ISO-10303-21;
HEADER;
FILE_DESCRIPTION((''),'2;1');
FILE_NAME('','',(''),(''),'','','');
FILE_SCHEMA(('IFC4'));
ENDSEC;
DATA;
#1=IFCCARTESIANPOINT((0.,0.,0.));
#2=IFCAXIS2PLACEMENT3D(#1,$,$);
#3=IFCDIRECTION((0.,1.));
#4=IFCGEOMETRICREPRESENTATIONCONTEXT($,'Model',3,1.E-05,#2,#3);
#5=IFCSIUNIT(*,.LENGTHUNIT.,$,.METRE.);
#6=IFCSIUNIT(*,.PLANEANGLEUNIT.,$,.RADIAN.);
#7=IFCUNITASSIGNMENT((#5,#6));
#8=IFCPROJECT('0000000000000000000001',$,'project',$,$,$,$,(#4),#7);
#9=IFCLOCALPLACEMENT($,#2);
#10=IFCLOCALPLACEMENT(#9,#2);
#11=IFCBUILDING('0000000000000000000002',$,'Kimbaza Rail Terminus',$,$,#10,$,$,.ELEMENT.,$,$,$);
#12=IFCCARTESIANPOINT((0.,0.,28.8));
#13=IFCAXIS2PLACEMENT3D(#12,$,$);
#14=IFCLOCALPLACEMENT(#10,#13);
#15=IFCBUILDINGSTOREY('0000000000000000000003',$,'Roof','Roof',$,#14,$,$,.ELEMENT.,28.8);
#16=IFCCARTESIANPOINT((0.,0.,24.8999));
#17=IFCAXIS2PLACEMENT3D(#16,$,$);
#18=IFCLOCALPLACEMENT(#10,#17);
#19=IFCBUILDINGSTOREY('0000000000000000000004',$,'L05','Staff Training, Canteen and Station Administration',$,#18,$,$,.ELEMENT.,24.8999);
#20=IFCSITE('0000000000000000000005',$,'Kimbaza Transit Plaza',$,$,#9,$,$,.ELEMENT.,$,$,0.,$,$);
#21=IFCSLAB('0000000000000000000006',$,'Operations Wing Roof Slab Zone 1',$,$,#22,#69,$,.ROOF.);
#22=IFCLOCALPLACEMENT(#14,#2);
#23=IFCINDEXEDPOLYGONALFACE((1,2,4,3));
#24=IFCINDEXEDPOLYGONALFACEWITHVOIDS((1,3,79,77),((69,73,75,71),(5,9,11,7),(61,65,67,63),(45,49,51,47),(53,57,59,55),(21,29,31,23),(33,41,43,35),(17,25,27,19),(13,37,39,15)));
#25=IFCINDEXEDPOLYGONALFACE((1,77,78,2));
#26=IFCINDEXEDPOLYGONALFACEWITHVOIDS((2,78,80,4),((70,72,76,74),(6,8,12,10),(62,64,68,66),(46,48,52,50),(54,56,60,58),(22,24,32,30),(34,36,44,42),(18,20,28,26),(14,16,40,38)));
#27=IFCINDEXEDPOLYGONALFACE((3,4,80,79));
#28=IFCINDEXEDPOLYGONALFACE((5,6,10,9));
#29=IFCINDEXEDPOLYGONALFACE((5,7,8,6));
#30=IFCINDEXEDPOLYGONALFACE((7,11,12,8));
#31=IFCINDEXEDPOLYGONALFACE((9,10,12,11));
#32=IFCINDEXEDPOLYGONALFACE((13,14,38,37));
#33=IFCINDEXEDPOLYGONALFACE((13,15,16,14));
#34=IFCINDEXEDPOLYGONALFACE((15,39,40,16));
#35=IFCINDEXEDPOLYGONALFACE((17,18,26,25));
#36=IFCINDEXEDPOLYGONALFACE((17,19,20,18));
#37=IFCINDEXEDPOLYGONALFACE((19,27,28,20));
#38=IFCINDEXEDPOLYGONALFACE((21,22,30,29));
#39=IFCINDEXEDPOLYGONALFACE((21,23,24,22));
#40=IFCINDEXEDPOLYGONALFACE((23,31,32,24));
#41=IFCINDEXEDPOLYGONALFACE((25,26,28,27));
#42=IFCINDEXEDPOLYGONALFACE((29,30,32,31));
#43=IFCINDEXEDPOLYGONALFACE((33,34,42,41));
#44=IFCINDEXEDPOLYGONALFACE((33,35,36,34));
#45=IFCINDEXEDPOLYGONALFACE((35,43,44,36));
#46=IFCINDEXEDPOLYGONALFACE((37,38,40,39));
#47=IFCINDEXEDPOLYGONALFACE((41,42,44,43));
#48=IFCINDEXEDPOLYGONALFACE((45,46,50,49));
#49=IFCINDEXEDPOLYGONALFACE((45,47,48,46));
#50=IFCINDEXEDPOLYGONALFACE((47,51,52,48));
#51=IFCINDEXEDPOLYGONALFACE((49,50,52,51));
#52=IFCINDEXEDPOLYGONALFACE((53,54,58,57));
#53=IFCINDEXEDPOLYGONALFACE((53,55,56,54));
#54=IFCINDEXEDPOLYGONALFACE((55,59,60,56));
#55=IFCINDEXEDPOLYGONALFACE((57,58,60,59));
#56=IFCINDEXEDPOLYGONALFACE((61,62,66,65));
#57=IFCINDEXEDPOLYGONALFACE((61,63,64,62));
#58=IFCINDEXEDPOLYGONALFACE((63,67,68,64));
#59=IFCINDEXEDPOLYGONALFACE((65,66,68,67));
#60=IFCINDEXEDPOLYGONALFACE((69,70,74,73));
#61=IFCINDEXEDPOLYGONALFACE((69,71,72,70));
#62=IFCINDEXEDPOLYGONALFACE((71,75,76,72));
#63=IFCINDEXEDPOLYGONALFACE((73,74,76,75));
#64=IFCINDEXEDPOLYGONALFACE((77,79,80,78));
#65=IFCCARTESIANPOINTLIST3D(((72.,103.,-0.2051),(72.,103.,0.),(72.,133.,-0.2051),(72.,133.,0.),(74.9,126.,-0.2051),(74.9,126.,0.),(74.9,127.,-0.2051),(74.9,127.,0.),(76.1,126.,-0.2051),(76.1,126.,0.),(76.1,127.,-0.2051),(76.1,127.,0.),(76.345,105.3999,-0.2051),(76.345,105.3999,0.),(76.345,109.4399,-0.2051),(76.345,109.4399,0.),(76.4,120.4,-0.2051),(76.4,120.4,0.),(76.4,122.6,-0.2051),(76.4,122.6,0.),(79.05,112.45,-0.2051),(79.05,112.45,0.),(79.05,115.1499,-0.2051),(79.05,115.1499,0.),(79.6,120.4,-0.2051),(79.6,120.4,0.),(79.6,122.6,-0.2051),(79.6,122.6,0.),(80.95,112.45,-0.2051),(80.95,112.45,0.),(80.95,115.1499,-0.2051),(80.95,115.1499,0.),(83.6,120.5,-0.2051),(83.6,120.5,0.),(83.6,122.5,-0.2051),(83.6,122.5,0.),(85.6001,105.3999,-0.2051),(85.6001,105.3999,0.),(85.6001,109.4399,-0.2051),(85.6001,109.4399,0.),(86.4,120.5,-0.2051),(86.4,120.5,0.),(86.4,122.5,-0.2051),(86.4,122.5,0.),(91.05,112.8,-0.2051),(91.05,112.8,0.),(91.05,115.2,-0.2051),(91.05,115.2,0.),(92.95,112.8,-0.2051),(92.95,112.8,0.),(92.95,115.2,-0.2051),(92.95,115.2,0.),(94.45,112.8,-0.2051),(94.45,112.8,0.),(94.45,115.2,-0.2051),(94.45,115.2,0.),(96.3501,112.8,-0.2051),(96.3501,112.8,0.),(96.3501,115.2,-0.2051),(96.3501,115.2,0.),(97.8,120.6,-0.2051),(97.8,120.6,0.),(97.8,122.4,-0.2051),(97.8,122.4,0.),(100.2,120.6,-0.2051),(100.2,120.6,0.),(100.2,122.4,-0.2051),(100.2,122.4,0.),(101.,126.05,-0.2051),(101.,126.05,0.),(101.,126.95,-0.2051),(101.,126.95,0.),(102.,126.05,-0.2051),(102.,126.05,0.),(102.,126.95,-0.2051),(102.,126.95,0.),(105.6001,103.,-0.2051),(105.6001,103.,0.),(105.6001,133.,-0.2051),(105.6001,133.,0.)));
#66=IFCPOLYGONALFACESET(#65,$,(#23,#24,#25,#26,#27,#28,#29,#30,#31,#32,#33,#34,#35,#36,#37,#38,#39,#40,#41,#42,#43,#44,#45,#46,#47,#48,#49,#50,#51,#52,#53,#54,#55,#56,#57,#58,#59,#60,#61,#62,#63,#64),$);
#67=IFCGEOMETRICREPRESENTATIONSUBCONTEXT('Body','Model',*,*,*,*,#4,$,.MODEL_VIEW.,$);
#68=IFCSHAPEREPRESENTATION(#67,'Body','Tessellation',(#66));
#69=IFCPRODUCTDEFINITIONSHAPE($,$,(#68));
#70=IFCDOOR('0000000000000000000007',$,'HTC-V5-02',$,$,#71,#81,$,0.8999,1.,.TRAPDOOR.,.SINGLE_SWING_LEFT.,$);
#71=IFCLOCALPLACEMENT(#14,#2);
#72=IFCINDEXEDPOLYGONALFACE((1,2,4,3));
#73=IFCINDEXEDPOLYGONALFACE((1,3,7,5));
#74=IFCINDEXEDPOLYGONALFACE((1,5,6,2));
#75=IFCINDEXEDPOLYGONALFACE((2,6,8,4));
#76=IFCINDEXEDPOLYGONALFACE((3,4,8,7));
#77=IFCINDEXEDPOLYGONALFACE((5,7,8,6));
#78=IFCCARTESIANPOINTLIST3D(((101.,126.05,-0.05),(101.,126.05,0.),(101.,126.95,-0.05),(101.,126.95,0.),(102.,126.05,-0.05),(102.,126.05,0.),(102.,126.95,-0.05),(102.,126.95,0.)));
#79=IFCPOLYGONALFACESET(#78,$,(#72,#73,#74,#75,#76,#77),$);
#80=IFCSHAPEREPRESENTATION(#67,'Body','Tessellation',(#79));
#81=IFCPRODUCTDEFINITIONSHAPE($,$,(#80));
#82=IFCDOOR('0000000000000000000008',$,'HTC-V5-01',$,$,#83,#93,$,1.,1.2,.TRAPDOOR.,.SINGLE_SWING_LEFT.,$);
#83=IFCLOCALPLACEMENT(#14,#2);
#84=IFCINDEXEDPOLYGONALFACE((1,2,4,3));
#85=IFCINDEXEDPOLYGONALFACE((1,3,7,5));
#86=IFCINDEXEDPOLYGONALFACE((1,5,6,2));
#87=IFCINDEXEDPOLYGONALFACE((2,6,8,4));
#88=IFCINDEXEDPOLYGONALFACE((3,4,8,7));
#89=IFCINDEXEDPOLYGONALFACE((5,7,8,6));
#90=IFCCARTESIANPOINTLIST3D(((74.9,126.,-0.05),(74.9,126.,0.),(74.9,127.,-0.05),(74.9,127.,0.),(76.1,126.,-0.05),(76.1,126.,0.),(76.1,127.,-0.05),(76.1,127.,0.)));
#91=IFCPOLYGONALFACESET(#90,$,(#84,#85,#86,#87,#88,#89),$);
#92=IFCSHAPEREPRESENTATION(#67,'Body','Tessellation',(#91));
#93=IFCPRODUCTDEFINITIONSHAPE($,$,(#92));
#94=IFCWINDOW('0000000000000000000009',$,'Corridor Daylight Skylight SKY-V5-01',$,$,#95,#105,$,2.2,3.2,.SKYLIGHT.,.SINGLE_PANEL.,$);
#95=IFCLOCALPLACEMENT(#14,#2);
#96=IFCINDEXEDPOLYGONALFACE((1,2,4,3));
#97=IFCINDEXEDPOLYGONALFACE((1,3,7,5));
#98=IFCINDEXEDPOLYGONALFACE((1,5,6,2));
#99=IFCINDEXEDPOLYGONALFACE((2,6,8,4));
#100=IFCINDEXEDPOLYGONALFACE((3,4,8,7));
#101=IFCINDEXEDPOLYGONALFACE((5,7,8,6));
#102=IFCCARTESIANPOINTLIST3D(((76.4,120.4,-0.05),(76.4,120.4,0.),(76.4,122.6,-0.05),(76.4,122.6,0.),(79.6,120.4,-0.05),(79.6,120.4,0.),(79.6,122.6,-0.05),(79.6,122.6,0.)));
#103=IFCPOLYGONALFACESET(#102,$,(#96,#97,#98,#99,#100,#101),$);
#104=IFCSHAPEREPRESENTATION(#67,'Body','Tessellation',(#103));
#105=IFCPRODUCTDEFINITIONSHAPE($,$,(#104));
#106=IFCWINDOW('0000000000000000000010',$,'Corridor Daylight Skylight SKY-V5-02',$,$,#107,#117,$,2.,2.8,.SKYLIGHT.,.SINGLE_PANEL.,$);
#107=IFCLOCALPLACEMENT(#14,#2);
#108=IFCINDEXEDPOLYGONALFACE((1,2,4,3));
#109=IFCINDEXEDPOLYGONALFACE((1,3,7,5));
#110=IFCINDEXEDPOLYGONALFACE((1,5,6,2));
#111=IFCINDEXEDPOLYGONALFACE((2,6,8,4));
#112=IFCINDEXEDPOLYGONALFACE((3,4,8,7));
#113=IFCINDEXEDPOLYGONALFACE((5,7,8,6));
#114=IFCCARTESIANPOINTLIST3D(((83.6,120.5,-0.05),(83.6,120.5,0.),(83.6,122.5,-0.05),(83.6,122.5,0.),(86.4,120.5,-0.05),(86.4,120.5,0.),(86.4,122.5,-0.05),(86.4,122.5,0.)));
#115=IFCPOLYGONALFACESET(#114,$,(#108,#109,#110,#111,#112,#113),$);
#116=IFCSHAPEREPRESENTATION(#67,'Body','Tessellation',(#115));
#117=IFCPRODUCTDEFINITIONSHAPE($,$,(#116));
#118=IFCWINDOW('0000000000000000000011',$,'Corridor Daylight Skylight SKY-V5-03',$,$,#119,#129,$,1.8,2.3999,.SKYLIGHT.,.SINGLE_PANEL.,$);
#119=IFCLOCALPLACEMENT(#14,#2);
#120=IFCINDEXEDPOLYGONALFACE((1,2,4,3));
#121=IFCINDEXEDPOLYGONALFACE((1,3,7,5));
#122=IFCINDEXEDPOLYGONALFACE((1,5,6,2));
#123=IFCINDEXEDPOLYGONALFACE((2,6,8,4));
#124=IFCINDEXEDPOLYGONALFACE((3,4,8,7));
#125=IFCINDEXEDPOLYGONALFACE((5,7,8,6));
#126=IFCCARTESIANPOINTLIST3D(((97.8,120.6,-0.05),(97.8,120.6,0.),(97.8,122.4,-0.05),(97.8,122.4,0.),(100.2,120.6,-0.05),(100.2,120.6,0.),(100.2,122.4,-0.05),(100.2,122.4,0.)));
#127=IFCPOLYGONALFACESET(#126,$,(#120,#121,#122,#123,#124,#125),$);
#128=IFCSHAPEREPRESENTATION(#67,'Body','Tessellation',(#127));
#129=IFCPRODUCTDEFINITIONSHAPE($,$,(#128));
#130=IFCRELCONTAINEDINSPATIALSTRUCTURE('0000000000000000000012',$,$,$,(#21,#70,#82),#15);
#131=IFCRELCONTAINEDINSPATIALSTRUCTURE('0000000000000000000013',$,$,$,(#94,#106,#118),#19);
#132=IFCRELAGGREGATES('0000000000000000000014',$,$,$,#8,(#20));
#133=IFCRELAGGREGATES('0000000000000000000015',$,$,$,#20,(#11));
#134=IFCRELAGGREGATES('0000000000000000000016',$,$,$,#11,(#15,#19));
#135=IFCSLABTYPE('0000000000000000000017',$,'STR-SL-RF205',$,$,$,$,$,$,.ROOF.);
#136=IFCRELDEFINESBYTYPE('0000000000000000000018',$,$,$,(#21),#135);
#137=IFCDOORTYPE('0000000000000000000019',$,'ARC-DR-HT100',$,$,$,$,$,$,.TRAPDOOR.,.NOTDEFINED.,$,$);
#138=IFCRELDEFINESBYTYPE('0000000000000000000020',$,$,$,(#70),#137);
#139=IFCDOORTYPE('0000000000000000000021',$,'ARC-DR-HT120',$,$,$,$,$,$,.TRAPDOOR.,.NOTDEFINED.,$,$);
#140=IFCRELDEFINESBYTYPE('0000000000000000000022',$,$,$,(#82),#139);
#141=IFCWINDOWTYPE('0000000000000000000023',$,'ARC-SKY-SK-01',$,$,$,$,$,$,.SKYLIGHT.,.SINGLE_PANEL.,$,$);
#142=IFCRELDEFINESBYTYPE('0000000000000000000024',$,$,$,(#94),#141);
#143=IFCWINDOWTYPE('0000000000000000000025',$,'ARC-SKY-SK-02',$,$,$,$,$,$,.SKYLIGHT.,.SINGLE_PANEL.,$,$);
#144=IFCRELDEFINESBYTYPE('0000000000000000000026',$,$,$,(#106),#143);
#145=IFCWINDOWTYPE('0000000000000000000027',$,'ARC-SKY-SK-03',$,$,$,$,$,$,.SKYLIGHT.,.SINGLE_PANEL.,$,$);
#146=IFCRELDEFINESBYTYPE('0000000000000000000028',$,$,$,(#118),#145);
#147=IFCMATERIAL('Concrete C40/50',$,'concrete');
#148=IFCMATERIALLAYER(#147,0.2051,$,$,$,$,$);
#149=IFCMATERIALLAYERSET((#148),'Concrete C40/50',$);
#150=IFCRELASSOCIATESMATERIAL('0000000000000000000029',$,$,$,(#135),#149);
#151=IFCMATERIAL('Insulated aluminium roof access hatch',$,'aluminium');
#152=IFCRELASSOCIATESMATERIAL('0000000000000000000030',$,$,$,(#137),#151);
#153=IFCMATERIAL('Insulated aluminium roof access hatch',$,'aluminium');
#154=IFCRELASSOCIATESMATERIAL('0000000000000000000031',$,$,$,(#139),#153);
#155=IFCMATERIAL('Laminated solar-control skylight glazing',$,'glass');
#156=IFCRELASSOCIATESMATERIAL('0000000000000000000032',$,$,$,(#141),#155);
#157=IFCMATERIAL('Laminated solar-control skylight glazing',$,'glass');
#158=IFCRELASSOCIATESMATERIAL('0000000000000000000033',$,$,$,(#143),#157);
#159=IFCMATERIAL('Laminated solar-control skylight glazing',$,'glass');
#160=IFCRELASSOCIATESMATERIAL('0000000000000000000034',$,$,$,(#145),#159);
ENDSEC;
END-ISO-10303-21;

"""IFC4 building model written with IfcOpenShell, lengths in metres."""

from ifc_helpers import new_model, si_unit, direction, frame, origin, origin_2d, place, context, subcontext, project, spatial, polyline, rectangle, outline, extrude, material, layer, layer_set, type_object, element, fill, save


model = new_model("IFC4")

# Units and contexts
model_context = context("Model", 3, precision=1e-05, world=origin(), true_north=direction((0.0, 1.0)))
body_context = subcontext(model_context, "Body", "Model", "MODEL_VIEW")
ifc_project = project(units=[si_unit("LENGTHUNIT", "METRE"), si_unit("PLANEANGLEUNIT", "RADIAN")], contexts=[model_context])

# Site, building, storey
site_placement = place(None, origin())
site = spatial("IfcSite", under=ifc_project, at=site_placement, Name="Kimbaza Transit Plaza", CompositionType="ELEMENT", RefElevation=0.0)
building_placement = place(site_placement, origin())
building = spatial("IfcBuilding", under=site, at=building_placement, Name="Kimbaza Rail Terminus", CompositionType="ELEMENT")
storey_1_placement = place(building_placement, frame((0.0, 0.0, 28.8)))
storey_1 = spatial("IfcBuildingStorey", under=building, at=storey_1_placement, Name="Roof", Description="Roof", CompositionType="ELEMENT", Elevation=28.8)

# Slab, openings, doors
ifc_material_1 = material(Name="Concrete C40/50", Category="concrete")
ifc_layer_1 = layer(ifc_material_1, 0.2051)
ifc_layer_set_1 = layer_set([ifc_layer_1], Name="Concrete C40/50")
slab_type = type_object("IfcSlabType", Name="STR-SL-RF205", PredefinedType="ROOF", material=ifc_layer_set_1)
slab_1_placement = place(storey_1_placement, frame((0.0, 0.0, -0.2051)))
slab_1 = element("IfcSlab", 1, at=slab_1_placement, inside=storey_1, type_object=slab_type, Name="Operations Wing Roof Slab Zone 1", PredefinedType="ROOF", context=body_context, shape_type="SweptSolid", body=[
    extrude(outline(polyline([(72.0, 103.0), (105.6001, 103.0), (105.6001, 133.0), (72.0, 133.0), (72.0, 103.0)]), holes=[polyline([(76.345, 105.3999), (85.6001, 105.3999), (85.6001, 109.4399), (76.345, 109.4399), (76.345, 105.3999)]), polyline([(91.05, 112.8), (92.95, 112.8), (92.95, 115.2), (91.05, 115.2), (91.05, 112.8)]), polyline([(94.45, 112.8), (96.3501, 112.8), (96.3501, 115.2), (94.45, 115.2), (94.45, 112.8)]), polyline([(79.05, 112.45), (80.95, 112.45), (80.95, 115.1499), (79.05, 115.1499), (79.05, 112.45)])]), origin(), (0.0, 0.0, 1.0), 0.2051),
])
opening_1_placement = place(slab_1_placement, frame((78.0, 121.5, 0.0)))
opening_1 = element("IfcOpeningElement", 2, at=opening_1_placement, cuts=slab_1, PredefinedType="OPENING", context=body_context, shape_type="SweptSolid", body=[
    extrude(rectangle(XDim=3.2, YDim=2.2, at=origin_2d()), frame((0.0, 0.0, -0.01)), (0.0, 0.0, 1.0), 0.2251),
])
opening_2_placement = place(slab_1_placement, frame((85.0, 121.5, 0.0)))
opening_2 = element("IfcOpeningElement", 3, at=opening_2_placement, cuts=slab_1, PredefinedType="OPENING", context=body_context, shape_type="SweptSolid", body=[
    extrude(rectangle(XDim=2.8, YDim=2.0, at=origin_2d()), frame((0.0, 0.0, -0.01)), (0.0, 0.0, 1.0), 0.2251),
])
opening_3_placement = place(slab_1_placement, frame((99.0, 121.5, 0.0)))
opening_3 = element("IfcOpeningElement", 4, at=opening_3_placement, cuts=slab_1, PredefinedType="OPENING", context=body_context, shape_type="SweptSolid", body=[
    extrude(rectangle(XDim=2.3999, YDim=1.8, at=origin_2d()), frame((0.0, 0.0, -0.01)), (0.0, 0.0, 1.0), 0.2251),
])
opening_4_placement = place(slab_1_placement, frame((75.5, 126.5, 0.0)))
opening_4 = element("IfcOpeningElement", 5, at=opening_4_placement, cuts=slab_1, PredefinedType="OPENING", context=body_context, shape_type="SweptSolid", body=[
    extrude(rectangle(XDim=1.2, YDim=1.0, at=origin_2d()), frame((0.0, 0.0, -0.01)), (0.0, 0.0, 1.0), 0.2251),
])
opening_5_placement = place(slab_1_placement, frame((101.5, 126.5, 0.0)))
opening_5 = element("IfcOpeningElement", 6, at=opening_5_placement, cuts=slab_1, PredefinedType="OPENING", context=body_context, shape_type="SweptSolid", body=[
    extrude(rectangle(XDim=1.0, YDim=0.8999, at=origin_2d()), frame((0.0, 0.0, -0.01)), (0.0, 0.0, 1.0), 0.2251),
])
ifc_material_2 = material(Name="Insulated aluminium roof access hatch", Category="aluminium")
door_type_1 = type_object("IfcDoorType", Name="ARC-DR-HT100", OperationType="NOTDEFINED", PredefinedType="TRAPDOOR", material=ifc_material_2)
door_1_placement = place(opening_5_placement, frame((0.0, 0.0, 0.155)))
door_1 = element("IfcDoor", 7, at=door_1_placement, inside=storey_1, type_object=door_type_1, Name="HTC-V5-02", OperationType="SINGLE_SWING_LEFT", OverallHeight=0.8999, OverallWidth=1.0, PredefinedType="TRAPDOOR", context=body_context, shape_type="SweptSolid", body=[
    extrude(rectangle(XDim=1.0, YDim=0.8999, at=origin_2d()), origin(), (0.0, 0.0, 1.0), 0.05),
])
fill(opening_5, door_1)
ifc_material_3 = material(Name="Insulated aluminium roof access hatch", Category="aluminium")
door_type_2 = type_object("IfcDoorType", Name="ARC-DR-HT120", OperationType="NOTDEFINED", PredefinedType="TRAPDOOR", material=ifc_material_3)
door_2_placement = place(opening_4_placement, frame((0.0, 0.0, 0.155)))
door_2 = element("IfcDoor", 8, at=door_2_placement, inside=storey_1, type_object=door_type_2, Name="HTC-V5-01", OperationType="SINGLE_SWING_LEFT", OverallHeight=1.0, OverallWidth=1.2, PredefinedType="TRAPDOOR", context=body_context, shape_type="SweptSolid", body=[
    extrude(rectangle(XDim=1.2, YDim=1.0, at=origin_2d()), origin(), (0.0, 0.0, 1.0), 0.05),
])
fill(opening_4, door_2)

# Shared definitions
storey_2_placement = place(building_placement, frame((0.0, 0.0, 24.8999)))
storey_2 = spatial("IfcBuildingStorey", under=building, at=storey_2_placement, Name="L05", Description="Staff Training, Canteen and Station Administration", CompositionType="ELEMENT", Elevation=24.8999)

# Windows
ifc_material_4 = material(Name="Laminated solar-control skylight glazing", Category="glass")
window_type_1 = type_object("IfcWindowType", Name="ARC-SKY-SK-01", PartitioningType="SINGLE_PANEL", PredefinedType="SKYLIGHT", material=ifc_material_4)
window_1_placement = place(opening_1_placement, frame((0.0, 0.0, 0.155)))
window_1 = element("IfcWindow", 9, at=window_1_placement, inside=storey_2, type_object=window_type_1, Name="Corridor Daylight Skylight SKY-V5-01", OverallHeight=2.2, OverallWidth=3.2, PartitioningType="SINGLE_PANEL", PredefinedType="SKYLIGHT", context=body_context, shape_type="SweptSolid", body=[
    extrude(rectangle(XDim=3.2, YDim=2.2, at=origin_2d()), origin(), (0.0, 0.0, 1.0), 0.05),
])
fill(opening_1, window_1)
ifc_material_5 = material(Name="Laminated solar-control skylight glazing", Category="glass")
window_type_2 = type_object("IfcWindowType", Name="ARC-SKY-SK-02", PartitioningType="SINGLE_PANEL", PredefinedType="SKYLIGHT", material=ifc_material_5)
window_2_placement = place(opening_2_placement, frame((0.0, 0.0, 0.155)))
window_2 = element("IfcWindow", 10, at=window_2_placement, inside=storey_2, type_object=window_type_2, Name="Corridor Daylight Skylight SKY-V5-02", OverallHeight=2.0, OverallWidth=2.8, PartitioningType="SINGLE_PANEL", PredefinedType="SKYLIGHT", context=body_context, shape_type="SweptSolid", body=[
    extrude(rectangle(XDim=2.8, YDim=2.0, at=origin_2d()), origin(), (0.0, 0.0, 1.0), 0.05),
])
fill(opening_2, window_2)
ifc_material_6 = material(Name="Laminated solar-control skylight glazing", Category="glass")
window_type_3 = type_object("IfcWindowType", Name="ARC-SKY-SK-03", PartitioningType="SINGLE_PANEL", PredefinedType="SKYLIGHT", material=ifc_material_6)
window_3_placement = place(opening_3_placement, frame((0.0, 0.0, 0.155)))
window_3 = element("IfcWindow", 11, at=window_3_placement, inside=storey_2, type_object=window_type_3, Name="Corridor Daylight Skylight SKY-V5-03", OverallHeight=1.8, OverallWidth=2.3999, PartitioningType="SINGLE_PANEL", PredefinedType="SKYLIGHT", context=body_context, shape_type="SweptSolid", body=[
    extrude(rectangle(XDim=2.3999, YDim=1.8, at=origin_2d()), origin(), (0.0, 0.0, 1.0), 0.05),
])
fill(opening_3, window_3)

save(model, "model.ifc")
